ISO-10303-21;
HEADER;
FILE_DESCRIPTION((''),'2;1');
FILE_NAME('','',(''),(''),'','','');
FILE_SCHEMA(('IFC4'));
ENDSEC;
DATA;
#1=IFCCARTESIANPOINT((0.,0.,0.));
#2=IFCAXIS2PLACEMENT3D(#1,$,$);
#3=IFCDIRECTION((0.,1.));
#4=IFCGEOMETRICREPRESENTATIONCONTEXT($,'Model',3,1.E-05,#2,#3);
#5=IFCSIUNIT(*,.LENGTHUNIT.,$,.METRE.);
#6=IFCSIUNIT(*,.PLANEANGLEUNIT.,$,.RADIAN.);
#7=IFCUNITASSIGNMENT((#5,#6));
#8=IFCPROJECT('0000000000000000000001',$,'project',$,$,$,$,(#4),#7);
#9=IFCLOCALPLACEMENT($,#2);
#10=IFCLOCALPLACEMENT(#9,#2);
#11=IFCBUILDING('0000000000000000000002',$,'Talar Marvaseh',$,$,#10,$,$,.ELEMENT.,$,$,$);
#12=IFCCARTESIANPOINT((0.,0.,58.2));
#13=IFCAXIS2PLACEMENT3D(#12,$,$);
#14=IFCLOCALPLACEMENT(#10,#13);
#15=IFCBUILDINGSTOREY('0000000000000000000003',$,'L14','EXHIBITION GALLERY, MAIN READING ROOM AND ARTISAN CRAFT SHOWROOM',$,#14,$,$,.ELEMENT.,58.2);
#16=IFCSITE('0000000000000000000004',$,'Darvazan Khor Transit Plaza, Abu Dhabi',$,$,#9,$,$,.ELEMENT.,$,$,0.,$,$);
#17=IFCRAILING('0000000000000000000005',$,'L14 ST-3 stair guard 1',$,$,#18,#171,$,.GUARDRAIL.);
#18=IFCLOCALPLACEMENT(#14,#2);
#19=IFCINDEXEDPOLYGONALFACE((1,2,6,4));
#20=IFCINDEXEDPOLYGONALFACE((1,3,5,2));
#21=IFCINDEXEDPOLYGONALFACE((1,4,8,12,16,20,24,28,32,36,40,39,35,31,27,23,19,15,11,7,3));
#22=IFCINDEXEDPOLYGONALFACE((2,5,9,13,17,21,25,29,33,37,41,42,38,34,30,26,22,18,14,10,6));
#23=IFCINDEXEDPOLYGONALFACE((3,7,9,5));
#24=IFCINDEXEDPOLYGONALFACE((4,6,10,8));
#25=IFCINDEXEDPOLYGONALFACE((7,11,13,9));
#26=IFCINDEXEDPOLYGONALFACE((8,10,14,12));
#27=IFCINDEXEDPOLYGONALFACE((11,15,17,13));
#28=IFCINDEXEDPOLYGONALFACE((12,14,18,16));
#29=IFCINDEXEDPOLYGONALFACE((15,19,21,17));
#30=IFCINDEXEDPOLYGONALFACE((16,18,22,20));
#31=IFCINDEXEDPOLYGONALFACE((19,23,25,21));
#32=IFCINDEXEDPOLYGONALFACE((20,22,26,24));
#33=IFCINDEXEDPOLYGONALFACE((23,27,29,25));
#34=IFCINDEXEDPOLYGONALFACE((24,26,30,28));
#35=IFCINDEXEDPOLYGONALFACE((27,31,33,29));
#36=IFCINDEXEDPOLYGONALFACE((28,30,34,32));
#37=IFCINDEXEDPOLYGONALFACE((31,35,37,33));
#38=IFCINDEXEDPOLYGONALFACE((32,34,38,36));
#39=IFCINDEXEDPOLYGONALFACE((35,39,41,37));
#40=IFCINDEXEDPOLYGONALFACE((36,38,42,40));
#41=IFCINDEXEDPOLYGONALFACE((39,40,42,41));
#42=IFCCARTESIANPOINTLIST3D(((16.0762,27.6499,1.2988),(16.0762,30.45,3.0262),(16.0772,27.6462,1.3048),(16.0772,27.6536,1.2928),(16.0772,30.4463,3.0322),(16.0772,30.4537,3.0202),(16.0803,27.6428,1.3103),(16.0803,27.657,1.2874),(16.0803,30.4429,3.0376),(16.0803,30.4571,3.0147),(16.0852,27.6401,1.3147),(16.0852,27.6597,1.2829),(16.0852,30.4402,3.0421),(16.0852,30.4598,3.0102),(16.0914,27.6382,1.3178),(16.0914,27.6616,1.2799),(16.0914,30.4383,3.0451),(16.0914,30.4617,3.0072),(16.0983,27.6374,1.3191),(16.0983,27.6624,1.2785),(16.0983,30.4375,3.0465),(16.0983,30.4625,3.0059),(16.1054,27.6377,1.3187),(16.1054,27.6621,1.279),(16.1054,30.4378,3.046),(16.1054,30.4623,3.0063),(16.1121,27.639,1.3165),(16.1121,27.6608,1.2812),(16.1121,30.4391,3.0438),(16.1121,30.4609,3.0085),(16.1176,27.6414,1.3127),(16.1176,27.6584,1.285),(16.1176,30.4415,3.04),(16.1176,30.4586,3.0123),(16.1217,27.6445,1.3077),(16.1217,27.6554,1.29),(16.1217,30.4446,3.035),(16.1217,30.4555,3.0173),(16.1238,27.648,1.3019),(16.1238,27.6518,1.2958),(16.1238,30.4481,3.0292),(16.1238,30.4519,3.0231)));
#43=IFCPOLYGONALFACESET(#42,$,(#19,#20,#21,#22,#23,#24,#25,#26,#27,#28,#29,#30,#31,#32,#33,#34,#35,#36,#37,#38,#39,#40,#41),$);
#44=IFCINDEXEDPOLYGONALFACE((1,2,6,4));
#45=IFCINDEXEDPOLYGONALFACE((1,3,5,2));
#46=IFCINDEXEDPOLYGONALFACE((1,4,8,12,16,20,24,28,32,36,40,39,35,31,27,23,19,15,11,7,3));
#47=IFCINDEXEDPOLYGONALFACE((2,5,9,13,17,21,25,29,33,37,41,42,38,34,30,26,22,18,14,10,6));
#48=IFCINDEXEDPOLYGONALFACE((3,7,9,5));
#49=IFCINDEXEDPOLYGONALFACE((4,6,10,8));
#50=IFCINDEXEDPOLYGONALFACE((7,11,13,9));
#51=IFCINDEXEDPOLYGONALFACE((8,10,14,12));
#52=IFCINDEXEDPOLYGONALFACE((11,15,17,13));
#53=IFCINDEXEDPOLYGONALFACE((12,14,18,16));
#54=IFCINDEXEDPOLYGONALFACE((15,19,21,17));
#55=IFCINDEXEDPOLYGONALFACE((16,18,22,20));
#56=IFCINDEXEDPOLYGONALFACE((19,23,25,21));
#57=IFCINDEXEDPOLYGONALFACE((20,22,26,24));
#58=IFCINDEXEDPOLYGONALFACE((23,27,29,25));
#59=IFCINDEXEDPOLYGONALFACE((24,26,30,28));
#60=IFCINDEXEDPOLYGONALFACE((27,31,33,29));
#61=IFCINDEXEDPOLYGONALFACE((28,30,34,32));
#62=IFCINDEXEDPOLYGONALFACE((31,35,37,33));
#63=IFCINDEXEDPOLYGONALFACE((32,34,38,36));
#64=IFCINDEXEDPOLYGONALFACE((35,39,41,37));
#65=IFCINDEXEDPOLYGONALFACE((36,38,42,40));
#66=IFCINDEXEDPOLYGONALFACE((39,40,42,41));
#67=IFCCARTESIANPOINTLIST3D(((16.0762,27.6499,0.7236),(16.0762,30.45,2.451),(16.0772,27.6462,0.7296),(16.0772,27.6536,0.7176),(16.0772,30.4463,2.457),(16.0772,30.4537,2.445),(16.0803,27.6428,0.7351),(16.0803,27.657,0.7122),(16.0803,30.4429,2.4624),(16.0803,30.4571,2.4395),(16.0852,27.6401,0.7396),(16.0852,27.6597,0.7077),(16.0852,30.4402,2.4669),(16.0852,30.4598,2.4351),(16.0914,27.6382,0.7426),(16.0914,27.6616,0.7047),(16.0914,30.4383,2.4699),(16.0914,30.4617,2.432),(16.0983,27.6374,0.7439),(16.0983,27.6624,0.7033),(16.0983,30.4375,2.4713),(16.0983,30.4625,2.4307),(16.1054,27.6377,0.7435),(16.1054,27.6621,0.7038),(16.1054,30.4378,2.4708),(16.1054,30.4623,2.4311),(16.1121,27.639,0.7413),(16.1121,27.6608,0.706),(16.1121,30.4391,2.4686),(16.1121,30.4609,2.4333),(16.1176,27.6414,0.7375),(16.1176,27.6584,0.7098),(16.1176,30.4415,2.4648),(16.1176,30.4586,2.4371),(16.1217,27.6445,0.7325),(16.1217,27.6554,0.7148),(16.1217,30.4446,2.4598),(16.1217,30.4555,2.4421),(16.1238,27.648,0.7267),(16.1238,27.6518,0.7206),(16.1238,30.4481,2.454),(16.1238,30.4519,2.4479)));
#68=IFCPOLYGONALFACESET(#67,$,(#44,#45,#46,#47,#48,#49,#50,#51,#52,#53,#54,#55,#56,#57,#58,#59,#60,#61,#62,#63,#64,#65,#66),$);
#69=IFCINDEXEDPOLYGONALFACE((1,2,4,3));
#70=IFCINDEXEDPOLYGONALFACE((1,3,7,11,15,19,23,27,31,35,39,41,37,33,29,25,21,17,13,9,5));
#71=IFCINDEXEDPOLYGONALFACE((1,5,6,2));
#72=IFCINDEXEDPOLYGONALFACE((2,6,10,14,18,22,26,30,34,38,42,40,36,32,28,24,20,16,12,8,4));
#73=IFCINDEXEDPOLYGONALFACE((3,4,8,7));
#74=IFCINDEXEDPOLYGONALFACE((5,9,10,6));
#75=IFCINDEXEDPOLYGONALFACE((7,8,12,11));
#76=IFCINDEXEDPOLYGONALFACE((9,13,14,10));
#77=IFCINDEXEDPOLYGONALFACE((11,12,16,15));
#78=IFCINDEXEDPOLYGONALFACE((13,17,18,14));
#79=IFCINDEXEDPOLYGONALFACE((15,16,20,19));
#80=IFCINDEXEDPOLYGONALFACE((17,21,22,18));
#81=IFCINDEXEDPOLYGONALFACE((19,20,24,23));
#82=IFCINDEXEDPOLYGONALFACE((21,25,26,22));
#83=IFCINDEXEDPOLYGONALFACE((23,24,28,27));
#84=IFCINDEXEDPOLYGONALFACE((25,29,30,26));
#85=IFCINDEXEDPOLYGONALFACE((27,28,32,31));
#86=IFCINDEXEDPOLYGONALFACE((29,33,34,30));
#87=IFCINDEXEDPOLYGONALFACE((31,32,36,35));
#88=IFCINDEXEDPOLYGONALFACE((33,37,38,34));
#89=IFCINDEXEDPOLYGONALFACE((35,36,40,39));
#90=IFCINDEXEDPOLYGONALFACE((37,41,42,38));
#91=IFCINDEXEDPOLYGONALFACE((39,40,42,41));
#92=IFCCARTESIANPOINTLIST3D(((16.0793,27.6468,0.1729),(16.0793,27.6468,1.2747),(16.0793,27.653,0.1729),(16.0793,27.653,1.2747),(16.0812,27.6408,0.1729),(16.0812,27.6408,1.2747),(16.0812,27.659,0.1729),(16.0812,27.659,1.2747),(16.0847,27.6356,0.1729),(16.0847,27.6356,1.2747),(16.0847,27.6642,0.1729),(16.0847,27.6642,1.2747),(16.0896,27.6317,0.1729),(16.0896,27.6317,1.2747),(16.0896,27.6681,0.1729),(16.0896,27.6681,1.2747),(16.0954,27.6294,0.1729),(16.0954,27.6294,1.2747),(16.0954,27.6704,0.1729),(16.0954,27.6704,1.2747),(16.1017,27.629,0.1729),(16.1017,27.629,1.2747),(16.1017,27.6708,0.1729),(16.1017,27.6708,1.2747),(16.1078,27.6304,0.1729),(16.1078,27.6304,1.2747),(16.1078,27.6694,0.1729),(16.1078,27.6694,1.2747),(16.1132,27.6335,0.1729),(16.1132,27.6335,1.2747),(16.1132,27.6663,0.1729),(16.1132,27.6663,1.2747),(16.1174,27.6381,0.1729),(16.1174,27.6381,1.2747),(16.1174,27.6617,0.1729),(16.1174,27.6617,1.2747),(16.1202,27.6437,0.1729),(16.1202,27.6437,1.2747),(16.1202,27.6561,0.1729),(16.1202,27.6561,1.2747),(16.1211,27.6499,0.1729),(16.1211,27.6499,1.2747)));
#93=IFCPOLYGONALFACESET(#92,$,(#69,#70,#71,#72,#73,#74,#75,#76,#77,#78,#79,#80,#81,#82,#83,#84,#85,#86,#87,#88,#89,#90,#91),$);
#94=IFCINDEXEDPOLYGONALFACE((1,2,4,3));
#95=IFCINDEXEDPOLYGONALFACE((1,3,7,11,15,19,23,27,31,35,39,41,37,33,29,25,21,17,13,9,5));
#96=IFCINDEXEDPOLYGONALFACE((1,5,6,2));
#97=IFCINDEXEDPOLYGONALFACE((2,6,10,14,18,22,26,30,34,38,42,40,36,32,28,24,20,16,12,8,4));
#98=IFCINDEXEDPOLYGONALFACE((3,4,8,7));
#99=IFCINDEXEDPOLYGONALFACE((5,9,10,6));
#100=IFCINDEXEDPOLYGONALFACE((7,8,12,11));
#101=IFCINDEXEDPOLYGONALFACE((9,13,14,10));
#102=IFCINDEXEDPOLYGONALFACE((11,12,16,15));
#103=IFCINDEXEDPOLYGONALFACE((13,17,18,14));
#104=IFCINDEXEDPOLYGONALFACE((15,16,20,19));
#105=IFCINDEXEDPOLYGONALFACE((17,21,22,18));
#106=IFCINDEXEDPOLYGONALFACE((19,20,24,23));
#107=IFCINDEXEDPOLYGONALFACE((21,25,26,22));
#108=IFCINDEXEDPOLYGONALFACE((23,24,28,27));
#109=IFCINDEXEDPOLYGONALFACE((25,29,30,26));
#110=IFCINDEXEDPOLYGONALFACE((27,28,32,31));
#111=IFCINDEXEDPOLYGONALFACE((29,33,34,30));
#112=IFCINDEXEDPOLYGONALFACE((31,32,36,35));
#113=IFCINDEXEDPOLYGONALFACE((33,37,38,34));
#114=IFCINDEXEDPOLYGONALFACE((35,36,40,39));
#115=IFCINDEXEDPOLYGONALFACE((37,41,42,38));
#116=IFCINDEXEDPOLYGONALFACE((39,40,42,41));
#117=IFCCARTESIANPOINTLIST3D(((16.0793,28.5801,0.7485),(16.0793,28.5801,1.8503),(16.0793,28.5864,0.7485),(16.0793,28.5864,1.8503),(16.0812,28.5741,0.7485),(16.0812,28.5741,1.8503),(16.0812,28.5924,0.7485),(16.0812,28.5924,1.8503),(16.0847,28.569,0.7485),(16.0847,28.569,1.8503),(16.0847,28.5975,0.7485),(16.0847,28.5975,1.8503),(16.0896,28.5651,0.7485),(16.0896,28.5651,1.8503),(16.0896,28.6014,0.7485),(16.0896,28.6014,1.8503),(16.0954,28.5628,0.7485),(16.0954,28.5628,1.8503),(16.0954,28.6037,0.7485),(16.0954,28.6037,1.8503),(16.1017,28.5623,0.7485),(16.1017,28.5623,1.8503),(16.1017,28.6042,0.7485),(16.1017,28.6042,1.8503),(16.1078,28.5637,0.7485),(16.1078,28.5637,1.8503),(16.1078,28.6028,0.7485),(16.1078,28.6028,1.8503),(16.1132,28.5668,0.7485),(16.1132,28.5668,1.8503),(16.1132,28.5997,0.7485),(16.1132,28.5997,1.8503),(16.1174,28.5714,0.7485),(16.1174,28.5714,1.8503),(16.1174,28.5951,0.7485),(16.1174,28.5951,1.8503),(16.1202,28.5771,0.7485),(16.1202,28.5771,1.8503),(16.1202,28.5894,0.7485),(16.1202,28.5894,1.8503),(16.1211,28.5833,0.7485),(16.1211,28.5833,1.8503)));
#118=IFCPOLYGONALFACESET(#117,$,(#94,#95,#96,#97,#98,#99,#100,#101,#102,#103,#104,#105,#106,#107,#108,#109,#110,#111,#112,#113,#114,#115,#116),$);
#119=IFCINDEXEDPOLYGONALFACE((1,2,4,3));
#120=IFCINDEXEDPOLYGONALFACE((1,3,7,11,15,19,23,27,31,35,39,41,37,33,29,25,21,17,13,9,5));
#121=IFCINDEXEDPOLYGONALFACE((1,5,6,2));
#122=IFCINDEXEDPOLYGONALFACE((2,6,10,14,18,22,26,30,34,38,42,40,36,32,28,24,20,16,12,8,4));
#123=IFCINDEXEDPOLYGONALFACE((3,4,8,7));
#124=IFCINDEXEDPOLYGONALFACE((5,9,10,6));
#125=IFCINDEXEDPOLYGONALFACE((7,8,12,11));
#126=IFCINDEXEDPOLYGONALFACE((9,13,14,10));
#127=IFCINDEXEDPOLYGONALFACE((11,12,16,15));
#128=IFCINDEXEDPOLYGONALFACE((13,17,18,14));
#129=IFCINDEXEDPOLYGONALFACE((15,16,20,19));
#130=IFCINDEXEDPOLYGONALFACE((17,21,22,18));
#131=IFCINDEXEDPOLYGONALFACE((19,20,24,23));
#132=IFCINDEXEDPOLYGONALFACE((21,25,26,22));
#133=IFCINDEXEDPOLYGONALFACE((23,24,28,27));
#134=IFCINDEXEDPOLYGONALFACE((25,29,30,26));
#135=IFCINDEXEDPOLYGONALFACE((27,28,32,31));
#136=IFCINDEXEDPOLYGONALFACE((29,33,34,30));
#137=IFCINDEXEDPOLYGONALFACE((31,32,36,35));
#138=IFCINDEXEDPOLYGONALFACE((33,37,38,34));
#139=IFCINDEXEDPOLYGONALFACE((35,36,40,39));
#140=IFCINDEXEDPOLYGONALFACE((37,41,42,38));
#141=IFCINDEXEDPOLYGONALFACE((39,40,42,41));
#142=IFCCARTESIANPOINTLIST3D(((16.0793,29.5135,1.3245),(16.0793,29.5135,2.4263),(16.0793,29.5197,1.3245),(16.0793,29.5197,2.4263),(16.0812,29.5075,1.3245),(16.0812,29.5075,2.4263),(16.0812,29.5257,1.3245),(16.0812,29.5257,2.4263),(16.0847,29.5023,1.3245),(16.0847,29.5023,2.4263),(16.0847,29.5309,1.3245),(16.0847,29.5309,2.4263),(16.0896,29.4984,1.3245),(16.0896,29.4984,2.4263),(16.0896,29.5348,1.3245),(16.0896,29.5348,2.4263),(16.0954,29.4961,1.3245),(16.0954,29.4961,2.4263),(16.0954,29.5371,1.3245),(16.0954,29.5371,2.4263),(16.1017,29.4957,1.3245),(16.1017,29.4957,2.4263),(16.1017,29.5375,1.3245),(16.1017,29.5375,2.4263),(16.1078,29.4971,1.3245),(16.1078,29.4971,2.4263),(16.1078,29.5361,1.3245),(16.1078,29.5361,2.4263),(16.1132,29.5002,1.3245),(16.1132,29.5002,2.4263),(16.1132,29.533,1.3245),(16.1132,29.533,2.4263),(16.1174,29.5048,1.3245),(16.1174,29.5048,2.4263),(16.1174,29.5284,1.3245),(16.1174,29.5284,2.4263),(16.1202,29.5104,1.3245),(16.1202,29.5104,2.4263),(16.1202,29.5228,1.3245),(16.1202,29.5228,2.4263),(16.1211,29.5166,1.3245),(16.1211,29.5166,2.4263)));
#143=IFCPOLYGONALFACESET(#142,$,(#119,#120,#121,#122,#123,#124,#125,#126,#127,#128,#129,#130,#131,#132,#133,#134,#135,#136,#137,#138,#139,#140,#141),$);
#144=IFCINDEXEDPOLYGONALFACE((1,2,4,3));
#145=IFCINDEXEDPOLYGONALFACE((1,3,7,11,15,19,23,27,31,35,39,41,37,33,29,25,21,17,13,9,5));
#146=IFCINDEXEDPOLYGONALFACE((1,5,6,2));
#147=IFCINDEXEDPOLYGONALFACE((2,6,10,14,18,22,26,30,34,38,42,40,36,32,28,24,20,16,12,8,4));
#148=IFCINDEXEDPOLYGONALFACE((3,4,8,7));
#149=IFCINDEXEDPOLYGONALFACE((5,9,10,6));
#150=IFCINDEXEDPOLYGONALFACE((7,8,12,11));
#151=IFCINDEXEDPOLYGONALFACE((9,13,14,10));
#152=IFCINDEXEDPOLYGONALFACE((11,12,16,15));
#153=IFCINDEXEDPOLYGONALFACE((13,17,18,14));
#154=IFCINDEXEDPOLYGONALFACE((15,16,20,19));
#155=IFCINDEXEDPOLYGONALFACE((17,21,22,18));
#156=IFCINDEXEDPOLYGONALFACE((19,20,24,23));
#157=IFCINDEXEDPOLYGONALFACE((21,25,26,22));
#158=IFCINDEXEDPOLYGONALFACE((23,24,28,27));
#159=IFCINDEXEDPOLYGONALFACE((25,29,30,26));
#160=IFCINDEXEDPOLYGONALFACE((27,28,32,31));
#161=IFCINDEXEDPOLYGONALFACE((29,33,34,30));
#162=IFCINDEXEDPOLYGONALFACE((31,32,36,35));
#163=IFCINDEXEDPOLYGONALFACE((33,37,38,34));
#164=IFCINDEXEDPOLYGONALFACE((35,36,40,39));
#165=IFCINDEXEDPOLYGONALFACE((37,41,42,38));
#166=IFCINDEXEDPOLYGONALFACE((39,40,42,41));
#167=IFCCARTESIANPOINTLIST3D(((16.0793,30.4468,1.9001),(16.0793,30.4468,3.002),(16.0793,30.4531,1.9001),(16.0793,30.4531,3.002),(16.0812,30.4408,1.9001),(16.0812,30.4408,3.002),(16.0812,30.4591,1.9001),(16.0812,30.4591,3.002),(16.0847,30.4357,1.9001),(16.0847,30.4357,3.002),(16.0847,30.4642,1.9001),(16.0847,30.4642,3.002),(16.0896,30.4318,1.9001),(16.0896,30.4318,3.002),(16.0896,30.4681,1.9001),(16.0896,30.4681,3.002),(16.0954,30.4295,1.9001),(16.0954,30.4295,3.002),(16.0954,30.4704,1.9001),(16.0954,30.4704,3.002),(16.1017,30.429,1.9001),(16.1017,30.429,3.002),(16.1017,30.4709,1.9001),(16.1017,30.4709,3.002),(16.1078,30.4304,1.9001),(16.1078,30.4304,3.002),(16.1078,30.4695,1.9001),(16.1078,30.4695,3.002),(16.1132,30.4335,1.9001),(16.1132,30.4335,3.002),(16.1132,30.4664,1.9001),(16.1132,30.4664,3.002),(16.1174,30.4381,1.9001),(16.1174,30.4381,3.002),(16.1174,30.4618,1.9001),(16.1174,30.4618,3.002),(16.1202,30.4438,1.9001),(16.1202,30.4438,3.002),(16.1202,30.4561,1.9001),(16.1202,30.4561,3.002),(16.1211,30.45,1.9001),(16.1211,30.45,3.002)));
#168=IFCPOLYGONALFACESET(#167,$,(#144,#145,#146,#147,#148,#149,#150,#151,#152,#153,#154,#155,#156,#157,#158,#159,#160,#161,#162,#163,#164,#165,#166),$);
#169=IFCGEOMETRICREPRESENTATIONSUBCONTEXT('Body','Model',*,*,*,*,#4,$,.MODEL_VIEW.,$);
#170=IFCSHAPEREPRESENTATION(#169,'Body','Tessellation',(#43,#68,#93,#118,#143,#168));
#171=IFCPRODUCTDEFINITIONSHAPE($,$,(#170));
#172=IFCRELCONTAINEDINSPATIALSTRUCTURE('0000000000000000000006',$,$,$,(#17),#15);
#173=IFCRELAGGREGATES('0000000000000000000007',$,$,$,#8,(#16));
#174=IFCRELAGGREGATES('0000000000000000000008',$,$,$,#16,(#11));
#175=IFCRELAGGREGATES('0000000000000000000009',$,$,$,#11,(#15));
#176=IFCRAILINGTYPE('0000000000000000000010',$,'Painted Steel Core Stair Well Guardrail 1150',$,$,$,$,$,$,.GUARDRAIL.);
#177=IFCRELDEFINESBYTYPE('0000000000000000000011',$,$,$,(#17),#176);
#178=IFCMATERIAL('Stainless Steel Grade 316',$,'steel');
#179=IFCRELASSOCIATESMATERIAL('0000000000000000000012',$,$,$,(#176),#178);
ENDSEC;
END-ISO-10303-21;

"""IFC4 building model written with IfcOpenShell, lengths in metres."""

from ifc_helpers import new_model, si_unit, direction, frame, origin, origin_2d, place, context, subcontext, project, spatial, circle, extrude, material, type_object, element, save


model = new_model("IFC4")

# Units and contexts
model_context = context("Model", 3, precision=1e-05, world=origin(), true_north=direction((0.0, 1.0)))
body_context = subcontext(model_context, "Body", "Model", "MODEL_VIEW")
ifc_project = project(units=[si_unit("LENGTHUNIT", "METRE"), si_unit("PLANEANGLEUNIT", "RADIAN")], contexts=[model_context])

# Site, building, storey
site_placement = place(None, origin())
site = spatial("IfcSite", under=ifc_project, at=site_placement, Name="Darvazan Khor Transit Plaza, Abu Dhabi", CompositionType="ELEMENT", RefElevation=0.0)
building_placement = place(site_placement, origin())
building = spatial("IfcBuilding", under=site, at=building_placement, Name="Talar Marvaseh", CompositionType="ELEMENT")
storey_placement = place(building_placement, frame((0.0, 0.0, 58.2)))
storey = spatial("IfcBuildingStorey", under=building, at=storey_placement, Name="L14", Description="EXHIBITION GALLERY, MAIN READING ROOM AND ARTISAN CRAFT SHOWROOM", CompositionType="ELEMENT", Elevation=58.2)

# Railing
ifc_material_1 = material(Name="Stainless Steel Grade 316", Category="steel")
railing_type_1 = type_object("IfcRailingType", Name="Painted Steel Core Stair Well Guardrail 1150", PredefinedType="GUARDRAIL", material=ifc_material_1)
railing_1_placement = place(storey_placement, frame((16.1001, 27.6499, 0.1729)))
element("IfcRailing", 1, at=railing_1_placement, inside=storey, type_object=railing_type_1, Name="L14 ST-3 stair guard 1", PredefinedType="GUARDRAIL", context=body_context, shape_type="SweptSolid", body=[
    extrude(circle(Radius=0.0239, at=origin_2d()), frame((0.0, 0.0, 1.126), z_axis=(0.0, 0.85109, 0.52502), x_axis=(-1.0, 0.0, 0.0)), (0.0, 0.0, 1.0), 3.29),
    extrude(circle(Radius=0.0239, at=origin_2d()), frame((0.0, 0.0, 0.5508), z_axis=(0.0, 0.85109, 0.52502), x_axis=(-1.0, 0.0, 0.0)), (0.0, 0.0, 1.0), 3.29),
    extrude(circle(Radius=0.021, at=origin_2d()), origin(), (0.0, 0.0, 1.0), 1.1018),
    extrude(circle(Radius=0.021, at=origin_2d()), frame((0.0, 0.9333, 0.5757)), (0.0, 0.0, 1.0), 1.1018),
    extrude(circle(Radius=0.021, at=origin_2d()), frame((0.0, 1.8667, 1.1516)), (0.0, 0.0, 1.0), 1.1018),
    extrude(circle(Radius=0.021, at=origin_2d()), frame((0.0, 2.8, 1.7273)), (0.0, 0.0, 1.0), 1.1018),
])

save(model, "model.ifc")
